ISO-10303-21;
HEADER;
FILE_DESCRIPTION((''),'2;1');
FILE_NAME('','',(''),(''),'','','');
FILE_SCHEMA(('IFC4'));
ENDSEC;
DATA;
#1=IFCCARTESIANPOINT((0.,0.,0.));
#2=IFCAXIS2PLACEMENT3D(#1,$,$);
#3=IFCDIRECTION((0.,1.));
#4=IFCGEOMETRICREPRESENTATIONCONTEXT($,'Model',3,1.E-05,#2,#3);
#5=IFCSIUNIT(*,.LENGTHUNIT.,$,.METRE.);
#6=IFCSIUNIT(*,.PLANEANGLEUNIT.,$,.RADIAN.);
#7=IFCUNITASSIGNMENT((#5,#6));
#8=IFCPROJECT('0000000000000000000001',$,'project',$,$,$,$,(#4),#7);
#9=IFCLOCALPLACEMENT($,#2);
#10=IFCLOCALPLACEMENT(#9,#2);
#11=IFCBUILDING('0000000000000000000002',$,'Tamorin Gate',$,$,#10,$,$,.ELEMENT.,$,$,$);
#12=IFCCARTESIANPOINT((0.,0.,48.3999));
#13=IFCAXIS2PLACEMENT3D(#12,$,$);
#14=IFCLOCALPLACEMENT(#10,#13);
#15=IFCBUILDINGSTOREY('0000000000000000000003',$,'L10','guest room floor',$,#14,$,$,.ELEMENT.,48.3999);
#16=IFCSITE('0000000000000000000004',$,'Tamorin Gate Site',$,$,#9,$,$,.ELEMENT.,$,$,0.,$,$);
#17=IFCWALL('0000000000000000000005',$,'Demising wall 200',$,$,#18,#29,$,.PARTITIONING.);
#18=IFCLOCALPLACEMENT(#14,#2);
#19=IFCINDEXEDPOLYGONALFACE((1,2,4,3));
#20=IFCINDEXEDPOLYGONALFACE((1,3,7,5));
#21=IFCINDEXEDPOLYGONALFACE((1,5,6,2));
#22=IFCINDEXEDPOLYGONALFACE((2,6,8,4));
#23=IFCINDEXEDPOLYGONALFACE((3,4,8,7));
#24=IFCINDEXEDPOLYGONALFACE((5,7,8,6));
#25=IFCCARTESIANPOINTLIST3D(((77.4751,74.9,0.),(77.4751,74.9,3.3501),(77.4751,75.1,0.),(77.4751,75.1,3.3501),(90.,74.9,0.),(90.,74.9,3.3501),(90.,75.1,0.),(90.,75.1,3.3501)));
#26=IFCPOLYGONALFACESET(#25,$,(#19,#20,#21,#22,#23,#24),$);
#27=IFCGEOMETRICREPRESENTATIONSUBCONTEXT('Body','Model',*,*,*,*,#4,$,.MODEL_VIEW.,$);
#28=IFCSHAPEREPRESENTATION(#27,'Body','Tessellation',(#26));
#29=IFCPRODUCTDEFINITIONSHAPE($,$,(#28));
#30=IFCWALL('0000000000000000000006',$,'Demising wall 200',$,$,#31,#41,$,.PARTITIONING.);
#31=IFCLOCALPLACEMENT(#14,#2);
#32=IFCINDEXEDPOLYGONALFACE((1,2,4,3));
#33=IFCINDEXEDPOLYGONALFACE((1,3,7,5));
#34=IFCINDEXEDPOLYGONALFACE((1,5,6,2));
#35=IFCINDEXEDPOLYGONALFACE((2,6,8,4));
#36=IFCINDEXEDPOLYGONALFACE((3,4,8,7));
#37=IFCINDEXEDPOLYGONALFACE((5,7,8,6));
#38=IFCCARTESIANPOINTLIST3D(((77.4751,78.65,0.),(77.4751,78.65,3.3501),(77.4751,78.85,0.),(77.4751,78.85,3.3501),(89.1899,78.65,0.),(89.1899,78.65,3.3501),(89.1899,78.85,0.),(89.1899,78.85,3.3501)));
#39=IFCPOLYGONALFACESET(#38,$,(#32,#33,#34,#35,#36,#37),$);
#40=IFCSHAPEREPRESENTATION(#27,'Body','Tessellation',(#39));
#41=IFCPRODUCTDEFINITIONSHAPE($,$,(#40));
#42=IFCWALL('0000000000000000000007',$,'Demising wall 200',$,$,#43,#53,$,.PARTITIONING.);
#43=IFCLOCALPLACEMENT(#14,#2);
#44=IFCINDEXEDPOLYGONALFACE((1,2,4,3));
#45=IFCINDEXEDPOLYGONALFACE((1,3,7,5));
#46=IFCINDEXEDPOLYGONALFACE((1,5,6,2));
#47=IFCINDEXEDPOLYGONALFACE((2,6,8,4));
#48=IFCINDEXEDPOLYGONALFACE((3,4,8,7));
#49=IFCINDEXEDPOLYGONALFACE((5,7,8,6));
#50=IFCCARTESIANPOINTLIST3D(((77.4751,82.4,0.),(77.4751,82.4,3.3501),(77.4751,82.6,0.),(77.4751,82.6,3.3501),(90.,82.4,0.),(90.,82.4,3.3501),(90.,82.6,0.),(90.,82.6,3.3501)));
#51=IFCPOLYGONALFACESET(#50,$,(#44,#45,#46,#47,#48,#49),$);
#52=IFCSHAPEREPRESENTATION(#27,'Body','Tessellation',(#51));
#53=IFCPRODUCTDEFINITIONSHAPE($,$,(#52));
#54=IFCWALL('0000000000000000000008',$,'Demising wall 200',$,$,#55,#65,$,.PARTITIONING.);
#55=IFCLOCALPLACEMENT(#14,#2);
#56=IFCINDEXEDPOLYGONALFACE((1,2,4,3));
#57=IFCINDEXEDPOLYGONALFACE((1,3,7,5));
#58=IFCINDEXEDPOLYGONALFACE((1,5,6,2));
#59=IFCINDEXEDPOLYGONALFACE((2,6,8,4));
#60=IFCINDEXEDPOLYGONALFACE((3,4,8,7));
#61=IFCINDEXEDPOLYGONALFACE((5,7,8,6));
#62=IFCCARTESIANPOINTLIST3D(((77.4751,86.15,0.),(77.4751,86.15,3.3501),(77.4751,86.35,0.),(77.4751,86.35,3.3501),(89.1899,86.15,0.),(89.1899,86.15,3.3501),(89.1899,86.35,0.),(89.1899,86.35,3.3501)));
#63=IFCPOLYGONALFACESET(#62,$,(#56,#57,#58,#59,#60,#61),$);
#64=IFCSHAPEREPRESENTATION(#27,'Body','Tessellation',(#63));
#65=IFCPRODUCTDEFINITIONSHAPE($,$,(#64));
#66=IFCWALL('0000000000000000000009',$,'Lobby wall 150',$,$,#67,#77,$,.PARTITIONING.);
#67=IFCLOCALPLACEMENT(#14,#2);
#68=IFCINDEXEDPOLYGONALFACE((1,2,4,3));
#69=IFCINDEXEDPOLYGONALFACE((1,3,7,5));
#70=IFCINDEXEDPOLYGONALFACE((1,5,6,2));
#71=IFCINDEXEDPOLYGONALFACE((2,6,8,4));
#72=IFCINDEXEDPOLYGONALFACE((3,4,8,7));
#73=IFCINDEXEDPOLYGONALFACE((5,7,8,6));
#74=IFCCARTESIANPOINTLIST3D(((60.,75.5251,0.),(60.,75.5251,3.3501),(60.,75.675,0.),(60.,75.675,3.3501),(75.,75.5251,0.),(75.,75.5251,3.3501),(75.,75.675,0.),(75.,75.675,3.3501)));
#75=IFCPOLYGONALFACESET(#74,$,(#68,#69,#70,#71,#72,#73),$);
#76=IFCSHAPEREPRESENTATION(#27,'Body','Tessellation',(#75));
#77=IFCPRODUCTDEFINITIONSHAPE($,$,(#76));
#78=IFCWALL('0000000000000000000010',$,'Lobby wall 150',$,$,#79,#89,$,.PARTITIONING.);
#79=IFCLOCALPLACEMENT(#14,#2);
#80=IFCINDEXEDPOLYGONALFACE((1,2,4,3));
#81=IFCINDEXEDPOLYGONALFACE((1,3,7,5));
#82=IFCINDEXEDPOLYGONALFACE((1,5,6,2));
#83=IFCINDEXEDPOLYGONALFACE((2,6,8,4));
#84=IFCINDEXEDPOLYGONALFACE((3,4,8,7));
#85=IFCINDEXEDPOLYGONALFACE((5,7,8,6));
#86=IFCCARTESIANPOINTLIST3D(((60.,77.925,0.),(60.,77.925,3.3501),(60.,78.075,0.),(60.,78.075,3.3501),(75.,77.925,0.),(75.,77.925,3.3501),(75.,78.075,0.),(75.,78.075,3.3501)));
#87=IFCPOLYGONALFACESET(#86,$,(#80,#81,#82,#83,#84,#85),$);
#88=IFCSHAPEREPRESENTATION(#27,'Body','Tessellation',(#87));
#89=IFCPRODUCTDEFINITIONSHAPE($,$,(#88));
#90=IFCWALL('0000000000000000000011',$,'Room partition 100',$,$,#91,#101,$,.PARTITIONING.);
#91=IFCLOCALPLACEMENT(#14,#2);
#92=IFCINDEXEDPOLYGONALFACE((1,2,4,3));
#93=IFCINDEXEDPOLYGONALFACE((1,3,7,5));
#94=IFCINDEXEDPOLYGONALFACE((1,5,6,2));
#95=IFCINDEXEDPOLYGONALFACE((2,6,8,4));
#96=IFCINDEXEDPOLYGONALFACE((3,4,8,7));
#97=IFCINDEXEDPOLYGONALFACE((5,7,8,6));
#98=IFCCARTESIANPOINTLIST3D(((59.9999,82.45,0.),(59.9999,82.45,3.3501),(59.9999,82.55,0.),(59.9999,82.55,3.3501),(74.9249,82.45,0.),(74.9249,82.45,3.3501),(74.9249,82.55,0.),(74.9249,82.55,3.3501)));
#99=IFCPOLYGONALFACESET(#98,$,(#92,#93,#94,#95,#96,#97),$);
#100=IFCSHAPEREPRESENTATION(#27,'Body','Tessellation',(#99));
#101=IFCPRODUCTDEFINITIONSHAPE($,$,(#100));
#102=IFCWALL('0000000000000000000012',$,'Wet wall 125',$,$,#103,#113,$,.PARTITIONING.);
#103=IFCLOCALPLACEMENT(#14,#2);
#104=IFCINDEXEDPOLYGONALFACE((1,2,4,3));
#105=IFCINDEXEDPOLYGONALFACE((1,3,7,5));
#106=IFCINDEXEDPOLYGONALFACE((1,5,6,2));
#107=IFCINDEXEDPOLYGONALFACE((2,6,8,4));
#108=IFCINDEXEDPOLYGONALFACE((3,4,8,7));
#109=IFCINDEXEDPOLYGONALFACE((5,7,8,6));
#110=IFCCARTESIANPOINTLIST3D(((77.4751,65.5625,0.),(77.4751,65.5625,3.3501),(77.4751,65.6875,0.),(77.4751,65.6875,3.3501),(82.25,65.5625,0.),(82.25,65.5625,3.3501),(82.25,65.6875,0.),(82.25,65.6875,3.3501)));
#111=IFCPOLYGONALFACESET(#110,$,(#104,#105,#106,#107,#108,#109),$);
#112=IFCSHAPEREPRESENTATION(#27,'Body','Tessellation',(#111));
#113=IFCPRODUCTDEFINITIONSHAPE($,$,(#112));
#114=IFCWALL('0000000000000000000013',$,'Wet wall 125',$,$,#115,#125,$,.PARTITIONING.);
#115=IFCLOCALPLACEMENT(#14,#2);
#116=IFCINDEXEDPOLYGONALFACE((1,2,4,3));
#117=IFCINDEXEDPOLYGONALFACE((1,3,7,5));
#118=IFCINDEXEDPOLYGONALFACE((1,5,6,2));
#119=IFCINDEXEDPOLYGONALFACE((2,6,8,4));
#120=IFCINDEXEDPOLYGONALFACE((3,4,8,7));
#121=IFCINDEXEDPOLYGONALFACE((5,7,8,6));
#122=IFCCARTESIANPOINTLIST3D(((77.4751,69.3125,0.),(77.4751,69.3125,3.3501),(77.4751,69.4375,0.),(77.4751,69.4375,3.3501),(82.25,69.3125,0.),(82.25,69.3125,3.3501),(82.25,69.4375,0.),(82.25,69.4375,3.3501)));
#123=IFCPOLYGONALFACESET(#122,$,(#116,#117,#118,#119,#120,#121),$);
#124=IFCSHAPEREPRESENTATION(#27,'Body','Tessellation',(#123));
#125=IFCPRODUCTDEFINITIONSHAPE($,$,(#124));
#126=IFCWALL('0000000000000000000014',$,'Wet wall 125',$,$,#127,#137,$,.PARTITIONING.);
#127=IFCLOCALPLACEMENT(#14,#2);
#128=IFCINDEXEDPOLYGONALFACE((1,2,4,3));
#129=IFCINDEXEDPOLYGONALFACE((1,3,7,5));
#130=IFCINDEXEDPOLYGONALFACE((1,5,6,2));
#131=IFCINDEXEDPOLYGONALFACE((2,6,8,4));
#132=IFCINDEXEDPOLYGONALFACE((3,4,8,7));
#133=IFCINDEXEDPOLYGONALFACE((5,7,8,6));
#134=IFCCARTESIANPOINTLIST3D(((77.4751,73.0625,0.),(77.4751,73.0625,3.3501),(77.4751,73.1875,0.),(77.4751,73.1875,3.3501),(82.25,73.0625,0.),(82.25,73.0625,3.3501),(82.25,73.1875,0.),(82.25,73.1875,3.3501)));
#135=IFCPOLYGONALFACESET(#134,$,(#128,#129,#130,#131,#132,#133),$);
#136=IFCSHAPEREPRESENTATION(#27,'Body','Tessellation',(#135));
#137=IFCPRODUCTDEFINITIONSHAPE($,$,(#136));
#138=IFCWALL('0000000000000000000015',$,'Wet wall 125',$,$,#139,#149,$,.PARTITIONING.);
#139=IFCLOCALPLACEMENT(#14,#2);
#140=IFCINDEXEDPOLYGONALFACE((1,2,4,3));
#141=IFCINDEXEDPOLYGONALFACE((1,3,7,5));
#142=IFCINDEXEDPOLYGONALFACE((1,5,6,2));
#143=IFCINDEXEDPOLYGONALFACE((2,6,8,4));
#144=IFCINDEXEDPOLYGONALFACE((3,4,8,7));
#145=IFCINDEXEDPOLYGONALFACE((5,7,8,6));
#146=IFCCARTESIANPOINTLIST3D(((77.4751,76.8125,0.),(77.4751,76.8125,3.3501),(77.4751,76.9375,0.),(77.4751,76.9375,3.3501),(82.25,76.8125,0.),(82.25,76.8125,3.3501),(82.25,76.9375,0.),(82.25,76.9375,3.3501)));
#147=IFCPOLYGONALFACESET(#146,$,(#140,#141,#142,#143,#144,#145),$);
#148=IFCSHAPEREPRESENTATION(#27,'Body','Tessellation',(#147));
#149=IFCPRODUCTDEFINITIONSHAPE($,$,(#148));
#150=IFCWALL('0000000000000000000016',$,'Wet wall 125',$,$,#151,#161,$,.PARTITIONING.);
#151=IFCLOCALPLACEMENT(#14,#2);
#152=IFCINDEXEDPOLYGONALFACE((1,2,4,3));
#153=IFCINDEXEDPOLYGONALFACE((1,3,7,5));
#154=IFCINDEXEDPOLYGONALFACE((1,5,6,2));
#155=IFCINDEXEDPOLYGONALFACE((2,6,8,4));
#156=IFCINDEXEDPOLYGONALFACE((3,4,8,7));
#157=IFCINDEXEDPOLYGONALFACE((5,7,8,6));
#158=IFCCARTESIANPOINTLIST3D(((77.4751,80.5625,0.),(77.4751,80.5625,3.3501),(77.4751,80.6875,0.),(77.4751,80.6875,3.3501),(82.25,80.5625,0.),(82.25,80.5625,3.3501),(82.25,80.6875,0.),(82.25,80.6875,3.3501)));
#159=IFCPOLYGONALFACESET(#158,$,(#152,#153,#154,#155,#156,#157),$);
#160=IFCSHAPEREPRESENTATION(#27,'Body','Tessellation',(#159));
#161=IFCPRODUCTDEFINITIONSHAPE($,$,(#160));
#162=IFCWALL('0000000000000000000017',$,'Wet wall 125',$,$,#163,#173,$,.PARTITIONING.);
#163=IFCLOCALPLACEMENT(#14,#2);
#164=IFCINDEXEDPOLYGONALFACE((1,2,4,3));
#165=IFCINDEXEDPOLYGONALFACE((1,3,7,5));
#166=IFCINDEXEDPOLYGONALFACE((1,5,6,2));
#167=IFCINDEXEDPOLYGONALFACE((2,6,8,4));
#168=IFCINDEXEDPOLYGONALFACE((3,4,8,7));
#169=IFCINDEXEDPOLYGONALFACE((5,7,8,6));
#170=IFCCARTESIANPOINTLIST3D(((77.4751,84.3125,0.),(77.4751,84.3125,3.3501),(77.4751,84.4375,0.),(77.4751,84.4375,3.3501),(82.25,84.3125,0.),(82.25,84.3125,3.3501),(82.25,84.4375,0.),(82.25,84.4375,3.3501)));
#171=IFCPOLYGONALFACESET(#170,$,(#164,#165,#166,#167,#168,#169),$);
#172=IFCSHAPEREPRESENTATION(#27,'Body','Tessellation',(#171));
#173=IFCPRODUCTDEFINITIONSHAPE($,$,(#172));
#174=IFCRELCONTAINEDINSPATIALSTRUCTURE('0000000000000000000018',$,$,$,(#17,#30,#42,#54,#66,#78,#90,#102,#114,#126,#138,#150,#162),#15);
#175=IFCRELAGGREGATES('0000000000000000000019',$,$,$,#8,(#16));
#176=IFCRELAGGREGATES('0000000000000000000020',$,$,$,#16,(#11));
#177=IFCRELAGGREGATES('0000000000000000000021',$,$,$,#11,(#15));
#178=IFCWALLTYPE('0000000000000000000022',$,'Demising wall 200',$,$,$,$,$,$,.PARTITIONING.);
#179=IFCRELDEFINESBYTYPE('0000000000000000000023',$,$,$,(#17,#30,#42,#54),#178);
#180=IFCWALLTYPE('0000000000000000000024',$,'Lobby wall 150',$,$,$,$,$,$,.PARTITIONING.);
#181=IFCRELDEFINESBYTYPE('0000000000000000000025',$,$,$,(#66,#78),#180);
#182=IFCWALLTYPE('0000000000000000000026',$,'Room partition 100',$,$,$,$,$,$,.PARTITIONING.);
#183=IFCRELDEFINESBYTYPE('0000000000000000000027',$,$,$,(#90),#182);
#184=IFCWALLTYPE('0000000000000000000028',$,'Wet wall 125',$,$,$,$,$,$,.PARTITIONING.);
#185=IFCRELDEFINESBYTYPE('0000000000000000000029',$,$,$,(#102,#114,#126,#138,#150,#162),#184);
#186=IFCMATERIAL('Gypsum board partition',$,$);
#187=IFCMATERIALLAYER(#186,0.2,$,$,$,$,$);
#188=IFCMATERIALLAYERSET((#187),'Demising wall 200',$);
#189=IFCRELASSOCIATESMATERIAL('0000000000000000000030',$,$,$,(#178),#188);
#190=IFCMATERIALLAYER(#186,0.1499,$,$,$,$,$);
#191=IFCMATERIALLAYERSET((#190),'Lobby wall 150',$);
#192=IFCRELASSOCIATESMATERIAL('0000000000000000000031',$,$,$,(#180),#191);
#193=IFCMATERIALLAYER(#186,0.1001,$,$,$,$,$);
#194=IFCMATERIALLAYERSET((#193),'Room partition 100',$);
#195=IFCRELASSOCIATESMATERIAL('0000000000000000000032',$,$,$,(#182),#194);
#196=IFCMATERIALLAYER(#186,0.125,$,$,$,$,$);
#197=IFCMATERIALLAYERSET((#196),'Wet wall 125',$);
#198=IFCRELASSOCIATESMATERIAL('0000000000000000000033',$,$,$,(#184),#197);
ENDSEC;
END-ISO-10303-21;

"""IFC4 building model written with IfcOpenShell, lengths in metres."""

from ifc_helpers import new_model, si_unit, direction, frame, frame_2d, origin, place, context, subcontext, project, spatial, rectangle, extrude, material, layer, layer_set, type_object, element, save


model = new_model("IFC4")

# Units and contexts
model_context = context("Model", 3, precision=1e-05, world=origin(), true_north=direction((0.0, 1.0)))
body_context = subcontext(model_context, "Body", "Model", "MODEL_VIEW")
ifc_project = project(units=[si_unit("LENGTHUNIT", "METRE"), si_unit("PLANEANGLEUNIT", "RADIAN")], contexts=[model_context])

# Site, building, storey
site_placement = place(None, origin())
site = spatial("IfcSite", under=ifc_project, at=site_placement, Name="Tamorin Gate Site", CompositionType="ELEMENT", RefElevation=0.0)
building_placement = place(site_placement, origin())
building = spatial("IfcBuilding", under=site, at=building_placement, Name="Tamorin Gate", CompositionType="ELEMENT")
storey_placement = place(building_placement, frame((0.0, 0.0, 48.3999)))
storey = spatial("IfcBuildingStorey", under=building, at=storey_placement, Name="L10", Description="guest room floor", CompositionType="ELEMENT", Elevation=48.3999)

# Shared definitions
ifc_material_1 = material(Name="Gypsum board partition")

# Walls
ifc_layer_1 = layer(ifc_material_1, 0.2)
ifc_layer_set_1 = layer_set([ifc_layer_1], Name="Demising wall 200")
wall_type_1 = type_object("IfcWallType", Name="Demising wall 200", PredefinedType="PARTITIONING", material=ifc_layer_set_1)
wall_1_placement = place(storey_placement, frame((77.4751, 75.0, 0.0), z_axis=(0.0, 0.0, 1.0), x_axis=(1.0, 0.0, 0.0)))
element("IfcWall", 1, at=wall_1_placement, inside=storey, type_object=wall_type_1, Name="Demising wall 200", PredefinedType="PARTITIONING", context=body_context, shape_type="SweptSolid", body=[
    extrude(rectangle(XDim=12.5249, YDim=0.2, at=frame_2d((6.2625, 0.0))), origin(), (0.0, 0.0, 1.0), 3.3501),
])
wall_2_placement = place(storey_placement, frame((77.4751, 78.75, 0.0), z_axis=(0.0, 0.0, 1.0), x_axis=(1.0, 0.0, 0.0)))
element("IfcWall", 2, at=wall_2_placement, inside=storey, type_object=wall_type_1, Name="Demising wall 200", PredefinedType="PARTITIONING", context=body_context, shape_type="SweptSolid", body=[
    extrude(rectangle(XDim=11.7148, YDim=0.2, at=frame_2d((5.8574, 0.0))), origin(), (0.0, 0.0, 1.0), 3.3501),
])
wall_3_placement = place(storey_placement, frame((77.4751, 82.5, 0.0), z_axis=(0.0, 0.0, 1.0), x_axis=(1.0, 0.0, 0.0)))
element("IfcWall", 3, at=wall_3_placement, inside=storey, type_object=wall_type_1, Name="Demising wall 200", PredefinedType="PARTITIONING", context=body_context, shape_type="SweptSolid", body=[
    extrude(rectangle(XDim=12.5249, YDim=0.2, at=frame_2d((6.2625, 0.0))), origin(), (0.0, 0.0, 1.0), 3.3501),
])
wall_4_placement = place(storey_placement, frame((77.4751, 86.25, 0.0), z_axis=(0.0, 0.0, 1.0), x_axis=(1.0, 0.0, 0.0)))
element("IfcWall", 4, at=wall_4_placement, inside=storey, type_object=wall_type_1, Name="Demising wall 200", PredefinedType="PARTITIONING", context=body_context, shape_type="SweptSolid", body=[
    extrude(rectangle(XDim=11.7148, YDim=0.2, at=frame_2d((5.8574, 0.0))), origin(), (0.0, 0.0, 1.0), 3.3501),
])
ifc_layer_2 = layer(ifc_material_1, 0.1499)
ifc_layer_set_2 = layer_set([ifc_layer_2], Name="Lobby wall 150")
wall_type_2 = type_object("IfcWallType", Name="Lobby wall 150", PredefinedType="PARTITIONING", material=ifc_layer_set_2)
for number, where, z_axis, x_axis, name in (
    (5, (60.0, 75.6001, 0.0), (0.0, 0.0, 1.0), (1.0, 0.0, 0.0), "Lobby wall 150"),
    (6, (60.0, 78.0, 0.0), (0.0, 0.0, 1.0), (1.0, 0.0, 0.0), "Lobby wall 150"),
):
    element("IfcWall", number, at=place(storey_placement, frame(where, z_axis=z_axis, x_axis=x_axis)), inside=storey, type_object=wall_type_2, Name=name, PredefinedType="PARTITIONING", context=body_context, shape_type="SweptSolid", body=[
        extrude(rectangle(XDim=15.0, YDim=0.1499, at=frame_2d((7.5, 0.0))), origin(), (0.0, 0.0, 1.0), 3.3501),
    ])
ifc_layer_3 = layer(ifc_material_1, 0.1001)
ifc_layer_set_3 = layer_set([ifc_layer_3], Name="Room partition 100")
wall_type_3 = type_object("IfcWallType", Name="Room partition 100", PredefinedType="PARTITIONING", material=ifc_layer_set_3)
wall_5_placement = place(storey_placement, frame((60.0, 82.5, 0.0), z_axis=(0.0, 0.0, 1.0), x_axis=(1.0, 0.0, 0.0)))
element("IfcWall", 7, at=wall_5_placement, inside=storey, type_object=wall_type_3, Name="Room partition 100", PredefinedType="PARTITIONING", context=body_context, shape_type="SweptSolid", body=[
    extrude(rectangle(XDim=14.925, YDim=0.1001, at=frame_2d((7.4624, 0.0))), origin(), (0.0, 0.0, 1.0), 3.3501),
])
ifc_layer_4 = layer(ifc_material_1, 0.125)
ifc_layer_set_4 = layer_set([ifc_layer_4], Name="Wet wall 125")
wall_type_4 = type_object("IfcWallType", Name="Wet wall 125", PredefinedType="PARTITIONING", material=ifc_layer_set_4)
for number, where, z_axis, x_axis, name in (
    (8, (77.4751, 65.625, 0.0), (0.0, 0.0, 1.0), (1.0, 0.0, 0.0), "Wet wall 125"),
    (9, (77.4751, 69.375, 0.0), (0.0, 0.0, 1.0), (1.0, 0.0, 0.0), "Wet wall 125"),
    (10, (77.4751, 73.125, 0.0), (0.0, 0.0, 1.0), (1.0, 0.0, 0.0), "Wet wall 125"),
    (11, (77.4751, 76.875, 0.0), (0.0, 0.0, 1.0), (1.0, 0.0, 0.0), "Wet wall 125"),
    (12, (77.4751, 80.625, 0.0), (0.0, 0.0, 1.0), (1.0, 0.0, 0.0), "Wet wall 125"),
    (13, (77.4751, 84.375, 0.0), (0.0, 0.0, 1.0), (1.0, 0.0, 0.0), "Wet wall 125"),
):
    element("IfcWall", number, at=place(storey_placement, frame(where, z_axis=z_axis, x_axis=x_axis)), inside=storey, type_object=wall_type_4, Name=name, PredefinedType="PARTITIONING", context=body_context, shape_type="SweptSolid", body=[
        extrude(rectangle(XDim=4.7749, YDim=0.125, at=frame_2d((2.3875, 0.0))), origin(), (0.0, 0.0, 1.0), 3.3501),
    ])

save(model, "model.ifc")
